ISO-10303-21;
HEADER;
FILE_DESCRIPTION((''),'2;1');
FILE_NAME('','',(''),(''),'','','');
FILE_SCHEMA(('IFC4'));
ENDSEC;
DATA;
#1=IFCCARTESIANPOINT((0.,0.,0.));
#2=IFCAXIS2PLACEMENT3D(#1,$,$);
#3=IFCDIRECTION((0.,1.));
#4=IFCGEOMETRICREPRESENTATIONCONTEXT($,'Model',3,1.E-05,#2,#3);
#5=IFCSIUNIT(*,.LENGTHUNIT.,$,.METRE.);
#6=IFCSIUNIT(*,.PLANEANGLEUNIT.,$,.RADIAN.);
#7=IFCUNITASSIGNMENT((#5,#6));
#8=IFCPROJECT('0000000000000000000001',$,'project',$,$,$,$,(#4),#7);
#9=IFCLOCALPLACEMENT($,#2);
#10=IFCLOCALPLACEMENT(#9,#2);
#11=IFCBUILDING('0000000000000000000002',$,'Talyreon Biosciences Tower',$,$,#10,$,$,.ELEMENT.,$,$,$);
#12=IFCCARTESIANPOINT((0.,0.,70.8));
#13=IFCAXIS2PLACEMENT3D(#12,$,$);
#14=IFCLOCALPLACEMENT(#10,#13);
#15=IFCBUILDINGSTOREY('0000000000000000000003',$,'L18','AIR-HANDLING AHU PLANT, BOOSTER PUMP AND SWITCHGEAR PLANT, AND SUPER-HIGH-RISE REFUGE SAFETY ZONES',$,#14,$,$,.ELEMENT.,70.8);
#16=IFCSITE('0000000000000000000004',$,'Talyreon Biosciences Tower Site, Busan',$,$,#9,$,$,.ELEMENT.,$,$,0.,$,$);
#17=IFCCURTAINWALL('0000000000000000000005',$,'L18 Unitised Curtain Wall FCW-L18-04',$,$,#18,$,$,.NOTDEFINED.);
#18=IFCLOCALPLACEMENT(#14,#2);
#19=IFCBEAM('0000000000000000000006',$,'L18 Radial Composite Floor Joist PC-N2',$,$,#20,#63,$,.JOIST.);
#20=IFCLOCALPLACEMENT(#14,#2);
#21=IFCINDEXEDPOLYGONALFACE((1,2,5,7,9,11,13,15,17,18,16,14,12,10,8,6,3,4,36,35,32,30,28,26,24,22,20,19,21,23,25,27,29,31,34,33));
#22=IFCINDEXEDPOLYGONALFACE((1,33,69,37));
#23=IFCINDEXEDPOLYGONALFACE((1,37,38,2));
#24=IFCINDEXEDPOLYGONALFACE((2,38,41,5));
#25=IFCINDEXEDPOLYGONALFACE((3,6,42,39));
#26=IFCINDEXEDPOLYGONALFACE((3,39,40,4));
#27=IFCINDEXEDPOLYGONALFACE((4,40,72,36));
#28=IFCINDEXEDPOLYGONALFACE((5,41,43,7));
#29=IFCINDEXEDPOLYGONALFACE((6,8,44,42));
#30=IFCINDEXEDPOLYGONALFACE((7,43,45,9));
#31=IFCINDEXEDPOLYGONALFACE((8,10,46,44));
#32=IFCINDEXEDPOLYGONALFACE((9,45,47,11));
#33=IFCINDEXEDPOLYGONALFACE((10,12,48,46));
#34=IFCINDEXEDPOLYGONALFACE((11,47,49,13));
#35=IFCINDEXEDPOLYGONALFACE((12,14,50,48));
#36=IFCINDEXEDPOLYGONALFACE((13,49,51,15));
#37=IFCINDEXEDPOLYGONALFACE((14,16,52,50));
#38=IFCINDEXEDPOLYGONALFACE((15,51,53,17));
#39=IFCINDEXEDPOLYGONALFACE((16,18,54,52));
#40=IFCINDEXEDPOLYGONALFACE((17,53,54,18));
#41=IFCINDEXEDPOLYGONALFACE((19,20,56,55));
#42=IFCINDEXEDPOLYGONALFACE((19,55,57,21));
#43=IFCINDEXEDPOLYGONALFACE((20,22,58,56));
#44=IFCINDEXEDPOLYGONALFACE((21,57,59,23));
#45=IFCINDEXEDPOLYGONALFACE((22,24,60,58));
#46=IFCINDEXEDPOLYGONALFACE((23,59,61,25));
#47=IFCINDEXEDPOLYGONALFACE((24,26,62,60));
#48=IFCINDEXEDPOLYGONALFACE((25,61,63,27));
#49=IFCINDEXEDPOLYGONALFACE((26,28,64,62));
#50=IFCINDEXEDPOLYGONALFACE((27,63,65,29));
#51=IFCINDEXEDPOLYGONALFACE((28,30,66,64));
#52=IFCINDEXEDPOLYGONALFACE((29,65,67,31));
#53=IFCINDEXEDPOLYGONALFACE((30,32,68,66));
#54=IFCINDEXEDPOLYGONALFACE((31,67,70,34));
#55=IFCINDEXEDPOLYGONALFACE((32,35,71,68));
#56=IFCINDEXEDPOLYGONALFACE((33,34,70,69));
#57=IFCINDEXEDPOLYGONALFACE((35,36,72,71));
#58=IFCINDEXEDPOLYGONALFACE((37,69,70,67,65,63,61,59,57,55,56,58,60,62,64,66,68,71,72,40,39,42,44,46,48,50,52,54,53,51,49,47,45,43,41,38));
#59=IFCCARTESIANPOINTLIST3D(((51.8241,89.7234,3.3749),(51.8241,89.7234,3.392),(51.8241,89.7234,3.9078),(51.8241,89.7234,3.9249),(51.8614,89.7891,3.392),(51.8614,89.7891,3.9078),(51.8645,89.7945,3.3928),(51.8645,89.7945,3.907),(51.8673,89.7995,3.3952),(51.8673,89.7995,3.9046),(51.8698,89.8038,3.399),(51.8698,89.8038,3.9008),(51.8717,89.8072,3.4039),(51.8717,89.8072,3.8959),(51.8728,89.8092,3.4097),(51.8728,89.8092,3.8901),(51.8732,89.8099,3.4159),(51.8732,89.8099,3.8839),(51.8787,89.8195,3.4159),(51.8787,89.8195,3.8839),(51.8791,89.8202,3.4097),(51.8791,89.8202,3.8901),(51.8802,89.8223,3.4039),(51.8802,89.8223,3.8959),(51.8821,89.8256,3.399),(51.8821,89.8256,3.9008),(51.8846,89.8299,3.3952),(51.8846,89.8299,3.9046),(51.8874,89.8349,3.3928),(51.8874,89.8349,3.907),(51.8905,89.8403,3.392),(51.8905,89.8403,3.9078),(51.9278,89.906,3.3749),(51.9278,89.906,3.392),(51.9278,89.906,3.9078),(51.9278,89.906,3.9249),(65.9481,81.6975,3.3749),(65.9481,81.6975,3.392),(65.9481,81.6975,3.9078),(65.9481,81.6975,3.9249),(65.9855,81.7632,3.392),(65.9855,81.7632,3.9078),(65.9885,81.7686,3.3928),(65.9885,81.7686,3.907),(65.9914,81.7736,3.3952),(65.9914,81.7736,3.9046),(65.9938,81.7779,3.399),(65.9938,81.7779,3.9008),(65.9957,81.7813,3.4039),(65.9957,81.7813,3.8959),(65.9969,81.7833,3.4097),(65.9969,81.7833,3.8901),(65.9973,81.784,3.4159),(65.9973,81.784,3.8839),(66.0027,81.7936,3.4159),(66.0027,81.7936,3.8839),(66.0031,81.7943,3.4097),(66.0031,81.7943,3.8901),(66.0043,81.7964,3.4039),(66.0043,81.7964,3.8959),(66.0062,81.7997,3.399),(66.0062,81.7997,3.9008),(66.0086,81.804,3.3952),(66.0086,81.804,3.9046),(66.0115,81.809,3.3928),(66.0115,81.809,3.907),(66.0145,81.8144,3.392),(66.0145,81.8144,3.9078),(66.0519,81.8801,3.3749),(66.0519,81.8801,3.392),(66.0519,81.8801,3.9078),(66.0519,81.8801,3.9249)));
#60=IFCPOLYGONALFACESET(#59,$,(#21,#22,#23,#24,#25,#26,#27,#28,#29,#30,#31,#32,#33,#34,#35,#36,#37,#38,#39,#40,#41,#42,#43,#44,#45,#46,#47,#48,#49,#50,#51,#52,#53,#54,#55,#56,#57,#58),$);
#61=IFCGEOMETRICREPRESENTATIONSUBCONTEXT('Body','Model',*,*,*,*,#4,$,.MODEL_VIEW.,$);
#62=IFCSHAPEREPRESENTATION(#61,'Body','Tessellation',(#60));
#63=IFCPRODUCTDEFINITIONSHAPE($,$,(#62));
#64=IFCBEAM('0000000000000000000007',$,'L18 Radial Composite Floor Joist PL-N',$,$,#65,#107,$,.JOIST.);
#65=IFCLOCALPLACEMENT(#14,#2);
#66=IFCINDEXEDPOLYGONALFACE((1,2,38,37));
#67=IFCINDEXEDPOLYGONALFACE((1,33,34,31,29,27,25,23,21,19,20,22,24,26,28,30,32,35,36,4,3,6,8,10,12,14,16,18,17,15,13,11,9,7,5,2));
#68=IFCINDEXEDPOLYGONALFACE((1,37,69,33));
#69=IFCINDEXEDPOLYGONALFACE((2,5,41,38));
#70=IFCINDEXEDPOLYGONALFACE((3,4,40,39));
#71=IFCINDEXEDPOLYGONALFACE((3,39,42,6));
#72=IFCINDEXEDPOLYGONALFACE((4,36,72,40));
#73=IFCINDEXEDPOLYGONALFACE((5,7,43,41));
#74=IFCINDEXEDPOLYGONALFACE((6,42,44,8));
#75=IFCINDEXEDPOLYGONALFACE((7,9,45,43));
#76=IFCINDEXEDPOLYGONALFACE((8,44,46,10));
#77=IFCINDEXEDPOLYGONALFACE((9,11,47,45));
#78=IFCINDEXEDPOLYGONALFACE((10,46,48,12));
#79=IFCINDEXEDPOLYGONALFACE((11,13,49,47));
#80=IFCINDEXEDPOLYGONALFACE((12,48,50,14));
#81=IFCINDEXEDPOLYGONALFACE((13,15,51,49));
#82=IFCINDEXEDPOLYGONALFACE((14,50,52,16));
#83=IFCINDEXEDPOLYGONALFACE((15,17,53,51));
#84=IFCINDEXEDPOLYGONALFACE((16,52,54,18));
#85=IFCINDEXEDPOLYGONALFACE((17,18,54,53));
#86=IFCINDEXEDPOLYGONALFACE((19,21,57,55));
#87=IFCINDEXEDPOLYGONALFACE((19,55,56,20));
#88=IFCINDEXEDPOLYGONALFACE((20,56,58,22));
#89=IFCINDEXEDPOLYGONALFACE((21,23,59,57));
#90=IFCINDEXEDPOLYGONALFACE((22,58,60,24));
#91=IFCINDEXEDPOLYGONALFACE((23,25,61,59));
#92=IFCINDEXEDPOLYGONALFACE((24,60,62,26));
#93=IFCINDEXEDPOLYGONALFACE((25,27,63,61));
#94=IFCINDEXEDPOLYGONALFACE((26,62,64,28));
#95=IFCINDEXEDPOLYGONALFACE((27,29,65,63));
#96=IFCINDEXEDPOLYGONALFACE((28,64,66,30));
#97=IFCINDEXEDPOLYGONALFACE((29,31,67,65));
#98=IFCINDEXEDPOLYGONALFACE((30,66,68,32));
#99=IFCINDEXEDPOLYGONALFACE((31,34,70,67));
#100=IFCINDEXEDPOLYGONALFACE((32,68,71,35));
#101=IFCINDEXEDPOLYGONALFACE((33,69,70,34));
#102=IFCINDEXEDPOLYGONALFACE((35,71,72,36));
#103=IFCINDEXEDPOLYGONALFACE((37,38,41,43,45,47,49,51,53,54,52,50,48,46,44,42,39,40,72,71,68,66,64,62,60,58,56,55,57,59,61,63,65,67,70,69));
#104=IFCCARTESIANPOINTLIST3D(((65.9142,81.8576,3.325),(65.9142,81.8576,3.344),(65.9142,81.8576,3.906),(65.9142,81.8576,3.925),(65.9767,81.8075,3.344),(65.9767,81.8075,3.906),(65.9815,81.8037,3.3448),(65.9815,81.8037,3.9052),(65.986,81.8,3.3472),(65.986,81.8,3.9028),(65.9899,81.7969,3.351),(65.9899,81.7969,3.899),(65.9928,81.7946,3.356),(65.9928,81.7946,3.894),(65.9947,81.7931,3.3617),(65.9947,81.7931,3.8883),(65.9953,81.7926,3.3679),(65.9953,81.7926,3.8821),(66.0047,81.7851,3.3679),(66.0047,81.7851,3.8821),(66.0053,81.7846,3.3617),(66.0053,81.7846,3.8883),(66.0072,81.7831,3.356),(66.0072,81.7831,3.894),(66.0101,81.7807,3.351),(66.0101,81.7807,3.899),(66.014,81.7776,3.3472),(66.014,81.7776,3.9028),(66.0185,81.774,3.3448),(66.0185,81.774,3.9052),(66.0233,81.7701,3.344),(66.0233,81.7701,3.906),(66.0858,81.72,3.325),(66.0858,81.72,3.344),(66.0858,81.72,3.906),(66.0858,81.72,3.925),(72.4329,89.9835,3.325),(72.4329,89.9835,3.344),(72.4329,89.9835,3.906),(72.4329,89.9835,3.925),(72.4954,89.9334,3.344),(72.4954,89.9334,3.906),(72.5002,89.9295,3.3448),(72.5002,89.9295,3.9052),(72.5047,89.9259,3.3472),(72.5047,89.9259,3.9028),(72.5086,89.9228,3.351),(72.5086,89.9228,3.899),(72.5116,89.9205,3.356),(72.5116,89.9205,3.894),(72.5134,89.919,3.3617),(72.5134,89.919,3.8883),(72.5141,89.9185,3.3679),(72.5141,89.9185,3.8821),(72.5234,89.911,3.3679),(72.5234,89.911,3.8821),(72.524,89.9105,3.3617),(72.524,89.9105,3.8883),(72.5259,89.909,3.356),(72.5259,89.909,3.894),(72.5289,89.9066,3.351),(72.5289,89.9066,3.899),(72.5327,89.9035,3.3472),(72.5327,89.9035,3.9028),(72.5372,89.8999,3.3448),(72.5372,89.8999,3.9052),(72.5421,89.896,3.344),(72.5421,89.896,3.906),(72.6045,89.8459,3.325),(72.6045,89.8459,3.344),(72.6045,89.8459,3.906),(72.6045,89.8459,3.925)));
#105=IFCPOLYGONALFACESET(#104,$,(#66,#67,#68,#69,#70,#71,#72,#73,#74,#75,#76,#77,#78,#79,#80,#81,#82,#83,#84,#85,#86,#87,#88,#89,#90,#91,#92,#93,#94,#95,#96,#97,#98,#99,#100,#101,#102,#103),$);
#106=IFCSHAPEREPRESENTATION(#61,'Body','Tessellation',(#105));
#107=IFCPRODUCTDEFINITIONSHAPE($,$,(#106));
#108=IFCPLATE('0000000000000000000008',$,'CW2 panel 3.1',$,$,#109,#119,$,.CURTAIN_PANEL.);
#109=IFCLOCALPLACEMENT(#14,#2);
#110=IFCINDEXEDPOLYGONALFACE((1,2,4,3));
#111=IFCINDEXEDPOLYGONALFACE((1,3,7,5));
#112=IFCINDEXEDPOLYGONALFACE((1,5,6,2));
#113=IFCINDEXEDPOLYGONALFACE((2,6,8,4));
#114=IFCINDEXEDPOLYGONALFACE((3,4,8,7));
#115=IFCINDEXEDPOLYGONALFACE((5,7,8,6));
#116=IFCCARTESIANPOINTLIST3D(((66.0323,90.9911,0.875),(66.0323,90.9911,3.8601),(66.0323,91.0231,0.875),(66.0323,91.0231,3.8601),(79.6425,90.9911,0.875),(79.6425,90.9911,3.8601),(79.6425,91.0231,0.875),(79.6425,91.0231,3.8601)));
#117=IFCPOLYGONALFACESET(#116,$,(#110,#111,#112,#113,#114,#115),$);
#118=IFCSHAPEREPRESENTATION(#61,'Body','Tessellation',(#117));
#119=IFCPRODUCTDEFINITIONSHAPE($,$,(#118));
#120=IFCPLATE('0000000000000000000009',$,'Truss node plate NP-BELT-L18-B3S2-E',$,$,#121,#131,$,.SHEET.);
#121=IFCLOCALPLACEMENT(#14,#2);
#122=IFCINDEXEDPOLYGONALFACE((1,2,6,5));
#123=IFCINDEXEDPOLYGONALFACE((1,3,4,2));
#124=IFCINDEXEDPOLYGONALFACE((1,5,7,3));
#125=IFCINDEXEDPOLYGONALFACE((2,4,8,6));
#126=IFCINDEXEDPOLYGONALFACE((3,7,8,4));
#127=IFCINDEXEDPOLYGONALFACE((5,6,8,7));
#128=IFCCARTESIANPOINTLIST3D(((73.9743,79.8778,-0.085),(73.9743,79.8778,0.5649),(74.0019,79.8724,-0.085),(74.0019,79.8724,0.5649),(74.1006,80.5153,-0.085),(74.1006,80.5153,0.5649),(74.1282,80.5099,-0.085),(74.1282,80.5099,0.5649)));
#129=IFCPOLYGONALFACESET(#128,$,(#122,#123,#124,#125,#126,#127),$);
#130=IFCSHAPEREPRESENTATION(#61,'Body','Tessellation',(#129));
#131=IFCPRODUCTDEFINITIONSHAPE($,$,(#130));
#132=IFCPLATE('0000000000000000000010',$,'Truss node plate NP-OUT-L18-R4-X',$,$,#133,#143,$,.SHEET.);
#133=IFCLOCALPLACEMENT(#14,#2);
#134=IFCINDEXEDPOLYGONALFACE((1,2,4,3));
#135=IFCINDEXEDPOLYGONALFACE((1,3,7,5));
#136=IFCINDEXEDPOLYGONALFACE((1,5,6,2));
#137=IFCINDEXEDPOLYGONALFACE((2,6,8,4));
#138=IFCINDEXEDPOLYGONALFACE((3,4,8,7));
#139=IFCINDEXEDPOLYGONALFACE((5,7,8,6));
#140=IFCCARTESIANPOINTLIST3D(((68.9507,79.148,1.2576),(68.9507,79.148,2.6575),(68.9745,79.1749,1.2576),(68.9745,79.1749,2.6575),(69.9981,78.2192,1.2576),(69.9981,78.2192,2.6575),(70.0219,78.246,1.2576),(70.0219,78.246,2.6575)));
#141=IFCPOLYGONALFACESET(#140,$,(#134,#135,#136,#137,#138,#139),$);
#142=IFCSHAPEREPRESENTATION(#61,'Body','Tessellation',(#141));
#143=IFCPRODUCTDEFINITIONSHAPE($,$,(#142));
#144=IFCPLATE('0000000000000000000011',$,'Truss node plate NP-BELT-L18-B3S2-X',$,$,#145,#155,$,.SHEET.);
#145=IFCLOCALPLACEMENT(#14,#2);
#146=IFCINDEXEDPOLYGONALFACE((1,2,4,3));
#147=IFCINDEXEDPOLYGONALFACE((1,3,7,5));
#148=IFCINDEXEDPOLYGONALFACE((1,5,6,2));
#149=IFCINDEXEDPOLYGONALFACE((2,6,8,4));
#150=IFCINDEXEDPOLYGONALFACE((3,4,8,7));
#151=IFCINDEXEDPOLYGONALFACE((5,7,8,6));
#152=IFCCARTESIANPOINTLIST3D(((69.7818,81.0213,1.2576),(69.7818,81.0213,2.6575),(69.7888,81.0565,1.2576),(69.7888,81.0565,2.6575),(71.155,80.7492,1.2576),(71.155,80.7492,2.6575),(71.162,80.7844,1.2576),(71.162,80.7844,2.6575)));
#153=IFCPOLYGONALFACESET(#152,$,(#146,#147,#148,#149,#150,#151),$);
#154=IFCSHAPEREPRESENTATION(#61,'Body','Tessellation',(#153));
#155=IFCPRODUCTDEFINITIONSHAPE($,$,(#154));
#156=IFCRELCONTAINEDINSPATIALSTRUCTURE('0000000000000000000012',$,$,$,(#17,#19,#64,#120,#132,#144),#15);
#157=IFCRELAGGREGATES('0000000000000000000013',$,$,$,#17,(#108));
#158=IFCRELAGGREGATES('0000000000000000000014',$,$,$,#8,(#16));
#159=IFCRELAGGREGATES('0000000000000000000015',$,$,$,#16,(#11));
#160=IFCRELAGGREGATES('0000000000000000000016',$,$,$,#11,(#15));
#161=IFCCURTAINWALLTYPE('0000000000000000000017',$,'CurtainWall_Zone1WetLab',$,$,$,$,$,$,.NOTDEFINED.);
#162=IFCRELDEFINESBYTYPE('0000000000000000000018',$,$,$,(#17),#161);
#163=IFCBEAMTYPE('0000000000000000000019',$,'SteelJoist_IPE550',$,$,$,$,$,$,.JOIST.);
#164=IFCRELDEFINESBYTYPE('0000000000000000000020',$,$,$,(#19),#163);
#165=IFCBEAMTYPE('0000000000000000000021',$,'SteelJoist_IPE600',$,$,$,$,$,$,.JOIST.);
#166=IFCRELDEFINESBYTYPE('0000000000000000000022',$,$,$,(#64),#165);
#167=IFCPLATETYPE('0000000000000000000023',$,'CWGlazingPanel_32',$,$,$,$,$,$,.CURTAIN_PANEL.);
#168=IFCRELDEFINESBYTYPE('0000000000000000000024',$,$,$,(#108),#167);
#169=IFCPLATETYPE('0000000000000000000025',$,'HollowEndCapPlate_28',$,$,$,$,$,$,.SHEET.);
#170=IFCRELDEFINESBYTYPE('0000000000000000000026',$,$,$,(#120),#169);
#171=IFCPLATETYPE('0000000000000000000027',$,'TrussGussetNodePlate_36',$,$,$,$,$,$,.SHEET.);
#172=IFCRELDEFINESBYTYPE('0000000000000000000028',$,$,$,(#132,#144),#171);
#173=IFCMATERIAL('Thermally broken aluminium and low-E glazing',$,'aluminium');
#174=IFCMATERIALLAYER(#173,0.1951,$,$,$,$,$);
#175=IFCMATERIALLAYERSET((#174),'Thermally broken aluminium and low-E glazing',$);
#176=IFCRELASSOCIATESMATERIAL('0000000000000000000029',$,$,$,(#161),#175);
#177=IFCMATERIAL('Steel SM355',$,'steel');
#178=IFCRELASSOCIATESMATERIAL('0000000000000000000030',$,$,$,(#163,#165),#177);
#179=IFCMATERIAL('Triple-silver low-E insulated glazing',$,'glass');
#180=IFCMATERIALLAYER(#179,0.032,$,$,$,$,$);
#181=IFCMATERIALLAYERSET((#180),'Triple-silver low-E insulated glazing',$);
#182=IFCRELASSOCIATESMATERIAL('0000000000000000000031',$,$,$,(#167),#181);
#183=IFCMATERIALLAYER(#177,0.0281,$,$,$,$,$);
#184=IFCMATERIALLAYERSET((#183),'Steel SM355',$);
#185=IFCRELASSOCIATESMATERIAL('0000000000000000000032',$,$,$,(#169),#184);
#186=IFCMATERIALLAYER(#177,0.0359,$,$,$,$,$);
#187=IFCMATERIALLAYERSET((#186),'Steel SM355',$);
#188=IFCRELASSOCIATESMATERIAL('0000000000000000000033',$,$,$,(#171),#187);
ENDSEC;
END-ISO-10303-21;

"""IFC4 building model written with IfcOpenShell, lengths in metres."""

from ifc_helpers import new_model, si_unit, direction, frame, origin, origin_2d, place, context, subcontext, project, spatial, rectangle, i_section, extrude, material, layer, layer_set, material_profile, profile_set, type_object, element, aggregate, save


model = new_model("IFC4")

# Units and contexts
model_context = context("Model", 3, precision=1e-05, world=origin(), true_north=direction((0.0, 1.0)))
body_context = subcontext(model_context, "Body", "Model", "MODEL_VIEW")
ifc_project = project(units=[si_unit("LENGTHUNIT", "METRE"), si_unit("PLANEANGLEUNIT", "RADIAN")], contexts=[model_context])

# Site, building, storey
site_placement = place(None, origin())
site = spatial("IfcSite", under=ifc_project, at=site_placement, Name="Talyreon Biosciences Tower Site, Busan", CompositionType="ELEMENT", RefElevation=0.0)
building_placement = place(site_placement, origin())
building = spatial("IfcBuilding", under=site, at=building_placement, Name="Talyreon Biosciences Tower", CompositionType="ELEMENT")
storey_placement = place(building_placement, frame((0.0, 0.0, 70.8)))
storey = spatial("IfcBuildingStorey", under=building, at=storey_placement, Name="L18", Description="AIR-HANDLING AHU PLANT, BOOSTER PUMP AND SWITCHGEAR PLANT, AND SUPER-HIGH-RISE REFUGE SAFETY ZONES", CompositionType="ELEMENT", Elevation=70.8)

# Shared definitions
ifc_material_1 = material(Name="Steel SM355", Category="steel")

# Curtain wall
ifc_material_2 = material(Name="Thermally broken aluminium and low-E glazing", Category="aluminium")
ifc_layer_1 = layer(ifc_material_2, 0.1951)
ifc_layer_set_1 = layer_set([ifc_layer_1], Name="Thermally broken aluminium and low-E glazing")
curtain_wall_type = type_object("IfcCurtainWallType", Name="CurtainWall_Zone1WetLab", PredefinedType="NOTDEFINED", material=ifc_layer_set_1)
curtain_wall_placement = place(storey_placement, origin())
curtain_wall = element("IfcCurtainWall", 1, at=curtain_wall_placement, inside=storey, type_object=curtain_wall_type, Name="L18 Unitised Curtain Wall FCW-L18-04", PredefinedType="NOTDEFINED")

# Beams
ifc_material_profile_1 = material_profile(ifc_material_1, i_section(OverallWidth=0.21, OverallDepth=0.55, WebThickness=0.011, FlangeThickness=0.0171, FilletRadius=0.0239, at=origin_2d()), Name="IPE550")
ifc_profile_set_1 = profile_set([ifc_material_profile_1], Name="Steel SM355")
beam_type_1 = type_object("IfcBeamType", Name="SteelJoist_IPE550", PredefinedType="JOIST", material=ifc_profile_set_1)
for number, where, z_axis, x_axis, name in (
    (2, (66.0, 81.7888, 3.6499), (-0.869434, 0.49405, 0.0), (-0.49405, -0.869434, 0.0), "L18 Radial Composite Floor Joist PC-N2"),
):
    element("IfcBeam", number, at=place(storey_placement, frame(where, z_axis=z_axis, x_axis=x_axis)), inside=storey, type_object=beam_type_1, Name=name, PredefinedType="JOIST", context=body_context, shape_type="SweptSolid", body=[
        extrude(i_section(OverallWidth=0.21, OverallDepth=0.55, WebThickness=0.011, FlangeThickness=0.0171, FilletRadius=0.0239, at=origin_2d()), origin(), (0.0, 0.0, 1.0), 16.2451),
    ])
ifc_material_profile_2 = material_profile(ifc_material_1, i_section(OverallWidth=0.22, OverallDepth=0.6001, WebThickness=0.012, FlangeThickness=0.019, FilletRadius=0.0239, at=origin_2d()), Name="IPE600")
ifc_profile_set_2 = profile_set([ifc_material_profile_2], Name="Steel SM355")
beam_type_2 = type_object("IfcBeamType", Name="SteelJoist_IPE600", PredefinedType="JOIST", material=ifc_profile_set_2)
beam_1_placement = place(storey_placement, frame((66.0, 81.7888, 3.625), z_axis=(0.625749, 0.780024, 0.0), x_axis=(-0.780024, 0.625749, 0.0)))
element("IfcBeam", 3, at=beam_1_placement, inside=storey, type_object=beam_type_2, Name="L18 Radial Composite Floor Joist PL-N", PredefinedType="JOIST", context=body_context, shape_type="SweptSolid", body=[
    extrude(i_section(OverallWidth=0.22, OverallDepth=0.6001, WebThickness=0.012, FlangeThickness=0.019, FilletRadius=0.0239, at=origin_2d()), origin(), (0.0, 0.0, 1.0), 10.4175),
])

# Plate
ifc_material_3 = material(Name="Triple-silver low-E insulated glazing", Category="glass")
ifc_layer_2 = layer(ifc_material_3, 0.032)
ifc_layer_set_2 = layer_set([ifc_layer_2], Name="Triple-silver low-E insulated glazing")
plate_type_1 = type_object("IfcPlateType", Name="CWGlazingPanel_32", PredefinedType="CURTAIN_PANEL", material=ifc_layer_set_2)
plate_1_placement = place(storey_placement, frame((72.8374, 91.0071, 0.875), z_axis=(0.0, 0.0, 1.0), x_axis=(1.0, 0.0, 0.0)))
plate_1 = element("IfcPlate", 4, at=plate_1_placement, type_object=plate_type_1, Name="CW2 panel 3.1", PredefinedType="CURTAIN_PANEL", context=body_context, shape_type="SweptSolid", body=[
    extrude(rectangle(XDim=13.6101, YDim=0.032, at=origin_2d()), origin(), (0.0, 0.0, 1.0), 2.9851),
])
aggregate(curtain_wall, [plate_1])

# Plates
ifc_layer_3 = layer(ifc_material_1, 0.0281)
ifc_layer_set_3 = layer_set([ifc_layer_3], Name="Steel SM355")
plate_type_2 = type_object("IfcPlateType", Name="HollowEndCapPlate_28", PredefinedType="SHEET", material=ifc_layer_set_3)
plate_2_placement = place(storey_placement, frame((74.0513, 80.1938, -0.085), z_axis=(0.0, 0.0, 1.0), x_axis=(-0.194337, -0.980935, 0.0)))
element("IfcPlate", 5, at=plate_2_placement, inside=storey, type_object=plate_type_2, Name="Truss node plate NP-BELT-L18-B3S2-E", PredefinedType="SHEET", context=body_context, shape_type="SweptSolid", body=[
    extrude(rectangle(XDim=0.6499, YDim=0.0281, at=origin_2d()), origin(), (0.0, 0.0, 1.0), 0.6499),
])
ifc_layer_4 = layer(ifc_material_1, 0.0359)
ifc_layer_set_4 = layer_set([ifc_layer_4], Name="Steel SM355")
plate_type_3 = type_object("IfcPlateType", Name="TrussGussetNodePlate_36", PredefinedType="SHEET", material=ifc_layer_set_4)
for number, where, z_axis, x_axis, name in (
    (6, (69.4863, 78.697, 1.2576), (0.0, 0.0, 1.0), (-0.74818, 0.663495, 0.0), "Truss node plate NP-OUT-L18-R4-X"),
    (7, (70.4719, 80.9028, 1.2576), (0.0, 0.0, 1.0), (-0.980935, 0.194337, 0.0), "Truss node plate NP-BELT-L18-B3S2-X"),
):
    element("IfcPlate", number, at=place(storey_placement, frame(where, z_axis=z_axis, x_axis=x_axis)), inside=storey, type_object=plate_type_3, Name=name, PredefinedType="SHEET", context=body_context, shape_type="SweptSolid", body=[
        extrude(rectangle(XDim=1.3999, YDim=0.0359, at=origin_2d()), origin(), (0.0, 0.0, 1.0), 1.3999),
    ])

save(model, "model.ifc")
